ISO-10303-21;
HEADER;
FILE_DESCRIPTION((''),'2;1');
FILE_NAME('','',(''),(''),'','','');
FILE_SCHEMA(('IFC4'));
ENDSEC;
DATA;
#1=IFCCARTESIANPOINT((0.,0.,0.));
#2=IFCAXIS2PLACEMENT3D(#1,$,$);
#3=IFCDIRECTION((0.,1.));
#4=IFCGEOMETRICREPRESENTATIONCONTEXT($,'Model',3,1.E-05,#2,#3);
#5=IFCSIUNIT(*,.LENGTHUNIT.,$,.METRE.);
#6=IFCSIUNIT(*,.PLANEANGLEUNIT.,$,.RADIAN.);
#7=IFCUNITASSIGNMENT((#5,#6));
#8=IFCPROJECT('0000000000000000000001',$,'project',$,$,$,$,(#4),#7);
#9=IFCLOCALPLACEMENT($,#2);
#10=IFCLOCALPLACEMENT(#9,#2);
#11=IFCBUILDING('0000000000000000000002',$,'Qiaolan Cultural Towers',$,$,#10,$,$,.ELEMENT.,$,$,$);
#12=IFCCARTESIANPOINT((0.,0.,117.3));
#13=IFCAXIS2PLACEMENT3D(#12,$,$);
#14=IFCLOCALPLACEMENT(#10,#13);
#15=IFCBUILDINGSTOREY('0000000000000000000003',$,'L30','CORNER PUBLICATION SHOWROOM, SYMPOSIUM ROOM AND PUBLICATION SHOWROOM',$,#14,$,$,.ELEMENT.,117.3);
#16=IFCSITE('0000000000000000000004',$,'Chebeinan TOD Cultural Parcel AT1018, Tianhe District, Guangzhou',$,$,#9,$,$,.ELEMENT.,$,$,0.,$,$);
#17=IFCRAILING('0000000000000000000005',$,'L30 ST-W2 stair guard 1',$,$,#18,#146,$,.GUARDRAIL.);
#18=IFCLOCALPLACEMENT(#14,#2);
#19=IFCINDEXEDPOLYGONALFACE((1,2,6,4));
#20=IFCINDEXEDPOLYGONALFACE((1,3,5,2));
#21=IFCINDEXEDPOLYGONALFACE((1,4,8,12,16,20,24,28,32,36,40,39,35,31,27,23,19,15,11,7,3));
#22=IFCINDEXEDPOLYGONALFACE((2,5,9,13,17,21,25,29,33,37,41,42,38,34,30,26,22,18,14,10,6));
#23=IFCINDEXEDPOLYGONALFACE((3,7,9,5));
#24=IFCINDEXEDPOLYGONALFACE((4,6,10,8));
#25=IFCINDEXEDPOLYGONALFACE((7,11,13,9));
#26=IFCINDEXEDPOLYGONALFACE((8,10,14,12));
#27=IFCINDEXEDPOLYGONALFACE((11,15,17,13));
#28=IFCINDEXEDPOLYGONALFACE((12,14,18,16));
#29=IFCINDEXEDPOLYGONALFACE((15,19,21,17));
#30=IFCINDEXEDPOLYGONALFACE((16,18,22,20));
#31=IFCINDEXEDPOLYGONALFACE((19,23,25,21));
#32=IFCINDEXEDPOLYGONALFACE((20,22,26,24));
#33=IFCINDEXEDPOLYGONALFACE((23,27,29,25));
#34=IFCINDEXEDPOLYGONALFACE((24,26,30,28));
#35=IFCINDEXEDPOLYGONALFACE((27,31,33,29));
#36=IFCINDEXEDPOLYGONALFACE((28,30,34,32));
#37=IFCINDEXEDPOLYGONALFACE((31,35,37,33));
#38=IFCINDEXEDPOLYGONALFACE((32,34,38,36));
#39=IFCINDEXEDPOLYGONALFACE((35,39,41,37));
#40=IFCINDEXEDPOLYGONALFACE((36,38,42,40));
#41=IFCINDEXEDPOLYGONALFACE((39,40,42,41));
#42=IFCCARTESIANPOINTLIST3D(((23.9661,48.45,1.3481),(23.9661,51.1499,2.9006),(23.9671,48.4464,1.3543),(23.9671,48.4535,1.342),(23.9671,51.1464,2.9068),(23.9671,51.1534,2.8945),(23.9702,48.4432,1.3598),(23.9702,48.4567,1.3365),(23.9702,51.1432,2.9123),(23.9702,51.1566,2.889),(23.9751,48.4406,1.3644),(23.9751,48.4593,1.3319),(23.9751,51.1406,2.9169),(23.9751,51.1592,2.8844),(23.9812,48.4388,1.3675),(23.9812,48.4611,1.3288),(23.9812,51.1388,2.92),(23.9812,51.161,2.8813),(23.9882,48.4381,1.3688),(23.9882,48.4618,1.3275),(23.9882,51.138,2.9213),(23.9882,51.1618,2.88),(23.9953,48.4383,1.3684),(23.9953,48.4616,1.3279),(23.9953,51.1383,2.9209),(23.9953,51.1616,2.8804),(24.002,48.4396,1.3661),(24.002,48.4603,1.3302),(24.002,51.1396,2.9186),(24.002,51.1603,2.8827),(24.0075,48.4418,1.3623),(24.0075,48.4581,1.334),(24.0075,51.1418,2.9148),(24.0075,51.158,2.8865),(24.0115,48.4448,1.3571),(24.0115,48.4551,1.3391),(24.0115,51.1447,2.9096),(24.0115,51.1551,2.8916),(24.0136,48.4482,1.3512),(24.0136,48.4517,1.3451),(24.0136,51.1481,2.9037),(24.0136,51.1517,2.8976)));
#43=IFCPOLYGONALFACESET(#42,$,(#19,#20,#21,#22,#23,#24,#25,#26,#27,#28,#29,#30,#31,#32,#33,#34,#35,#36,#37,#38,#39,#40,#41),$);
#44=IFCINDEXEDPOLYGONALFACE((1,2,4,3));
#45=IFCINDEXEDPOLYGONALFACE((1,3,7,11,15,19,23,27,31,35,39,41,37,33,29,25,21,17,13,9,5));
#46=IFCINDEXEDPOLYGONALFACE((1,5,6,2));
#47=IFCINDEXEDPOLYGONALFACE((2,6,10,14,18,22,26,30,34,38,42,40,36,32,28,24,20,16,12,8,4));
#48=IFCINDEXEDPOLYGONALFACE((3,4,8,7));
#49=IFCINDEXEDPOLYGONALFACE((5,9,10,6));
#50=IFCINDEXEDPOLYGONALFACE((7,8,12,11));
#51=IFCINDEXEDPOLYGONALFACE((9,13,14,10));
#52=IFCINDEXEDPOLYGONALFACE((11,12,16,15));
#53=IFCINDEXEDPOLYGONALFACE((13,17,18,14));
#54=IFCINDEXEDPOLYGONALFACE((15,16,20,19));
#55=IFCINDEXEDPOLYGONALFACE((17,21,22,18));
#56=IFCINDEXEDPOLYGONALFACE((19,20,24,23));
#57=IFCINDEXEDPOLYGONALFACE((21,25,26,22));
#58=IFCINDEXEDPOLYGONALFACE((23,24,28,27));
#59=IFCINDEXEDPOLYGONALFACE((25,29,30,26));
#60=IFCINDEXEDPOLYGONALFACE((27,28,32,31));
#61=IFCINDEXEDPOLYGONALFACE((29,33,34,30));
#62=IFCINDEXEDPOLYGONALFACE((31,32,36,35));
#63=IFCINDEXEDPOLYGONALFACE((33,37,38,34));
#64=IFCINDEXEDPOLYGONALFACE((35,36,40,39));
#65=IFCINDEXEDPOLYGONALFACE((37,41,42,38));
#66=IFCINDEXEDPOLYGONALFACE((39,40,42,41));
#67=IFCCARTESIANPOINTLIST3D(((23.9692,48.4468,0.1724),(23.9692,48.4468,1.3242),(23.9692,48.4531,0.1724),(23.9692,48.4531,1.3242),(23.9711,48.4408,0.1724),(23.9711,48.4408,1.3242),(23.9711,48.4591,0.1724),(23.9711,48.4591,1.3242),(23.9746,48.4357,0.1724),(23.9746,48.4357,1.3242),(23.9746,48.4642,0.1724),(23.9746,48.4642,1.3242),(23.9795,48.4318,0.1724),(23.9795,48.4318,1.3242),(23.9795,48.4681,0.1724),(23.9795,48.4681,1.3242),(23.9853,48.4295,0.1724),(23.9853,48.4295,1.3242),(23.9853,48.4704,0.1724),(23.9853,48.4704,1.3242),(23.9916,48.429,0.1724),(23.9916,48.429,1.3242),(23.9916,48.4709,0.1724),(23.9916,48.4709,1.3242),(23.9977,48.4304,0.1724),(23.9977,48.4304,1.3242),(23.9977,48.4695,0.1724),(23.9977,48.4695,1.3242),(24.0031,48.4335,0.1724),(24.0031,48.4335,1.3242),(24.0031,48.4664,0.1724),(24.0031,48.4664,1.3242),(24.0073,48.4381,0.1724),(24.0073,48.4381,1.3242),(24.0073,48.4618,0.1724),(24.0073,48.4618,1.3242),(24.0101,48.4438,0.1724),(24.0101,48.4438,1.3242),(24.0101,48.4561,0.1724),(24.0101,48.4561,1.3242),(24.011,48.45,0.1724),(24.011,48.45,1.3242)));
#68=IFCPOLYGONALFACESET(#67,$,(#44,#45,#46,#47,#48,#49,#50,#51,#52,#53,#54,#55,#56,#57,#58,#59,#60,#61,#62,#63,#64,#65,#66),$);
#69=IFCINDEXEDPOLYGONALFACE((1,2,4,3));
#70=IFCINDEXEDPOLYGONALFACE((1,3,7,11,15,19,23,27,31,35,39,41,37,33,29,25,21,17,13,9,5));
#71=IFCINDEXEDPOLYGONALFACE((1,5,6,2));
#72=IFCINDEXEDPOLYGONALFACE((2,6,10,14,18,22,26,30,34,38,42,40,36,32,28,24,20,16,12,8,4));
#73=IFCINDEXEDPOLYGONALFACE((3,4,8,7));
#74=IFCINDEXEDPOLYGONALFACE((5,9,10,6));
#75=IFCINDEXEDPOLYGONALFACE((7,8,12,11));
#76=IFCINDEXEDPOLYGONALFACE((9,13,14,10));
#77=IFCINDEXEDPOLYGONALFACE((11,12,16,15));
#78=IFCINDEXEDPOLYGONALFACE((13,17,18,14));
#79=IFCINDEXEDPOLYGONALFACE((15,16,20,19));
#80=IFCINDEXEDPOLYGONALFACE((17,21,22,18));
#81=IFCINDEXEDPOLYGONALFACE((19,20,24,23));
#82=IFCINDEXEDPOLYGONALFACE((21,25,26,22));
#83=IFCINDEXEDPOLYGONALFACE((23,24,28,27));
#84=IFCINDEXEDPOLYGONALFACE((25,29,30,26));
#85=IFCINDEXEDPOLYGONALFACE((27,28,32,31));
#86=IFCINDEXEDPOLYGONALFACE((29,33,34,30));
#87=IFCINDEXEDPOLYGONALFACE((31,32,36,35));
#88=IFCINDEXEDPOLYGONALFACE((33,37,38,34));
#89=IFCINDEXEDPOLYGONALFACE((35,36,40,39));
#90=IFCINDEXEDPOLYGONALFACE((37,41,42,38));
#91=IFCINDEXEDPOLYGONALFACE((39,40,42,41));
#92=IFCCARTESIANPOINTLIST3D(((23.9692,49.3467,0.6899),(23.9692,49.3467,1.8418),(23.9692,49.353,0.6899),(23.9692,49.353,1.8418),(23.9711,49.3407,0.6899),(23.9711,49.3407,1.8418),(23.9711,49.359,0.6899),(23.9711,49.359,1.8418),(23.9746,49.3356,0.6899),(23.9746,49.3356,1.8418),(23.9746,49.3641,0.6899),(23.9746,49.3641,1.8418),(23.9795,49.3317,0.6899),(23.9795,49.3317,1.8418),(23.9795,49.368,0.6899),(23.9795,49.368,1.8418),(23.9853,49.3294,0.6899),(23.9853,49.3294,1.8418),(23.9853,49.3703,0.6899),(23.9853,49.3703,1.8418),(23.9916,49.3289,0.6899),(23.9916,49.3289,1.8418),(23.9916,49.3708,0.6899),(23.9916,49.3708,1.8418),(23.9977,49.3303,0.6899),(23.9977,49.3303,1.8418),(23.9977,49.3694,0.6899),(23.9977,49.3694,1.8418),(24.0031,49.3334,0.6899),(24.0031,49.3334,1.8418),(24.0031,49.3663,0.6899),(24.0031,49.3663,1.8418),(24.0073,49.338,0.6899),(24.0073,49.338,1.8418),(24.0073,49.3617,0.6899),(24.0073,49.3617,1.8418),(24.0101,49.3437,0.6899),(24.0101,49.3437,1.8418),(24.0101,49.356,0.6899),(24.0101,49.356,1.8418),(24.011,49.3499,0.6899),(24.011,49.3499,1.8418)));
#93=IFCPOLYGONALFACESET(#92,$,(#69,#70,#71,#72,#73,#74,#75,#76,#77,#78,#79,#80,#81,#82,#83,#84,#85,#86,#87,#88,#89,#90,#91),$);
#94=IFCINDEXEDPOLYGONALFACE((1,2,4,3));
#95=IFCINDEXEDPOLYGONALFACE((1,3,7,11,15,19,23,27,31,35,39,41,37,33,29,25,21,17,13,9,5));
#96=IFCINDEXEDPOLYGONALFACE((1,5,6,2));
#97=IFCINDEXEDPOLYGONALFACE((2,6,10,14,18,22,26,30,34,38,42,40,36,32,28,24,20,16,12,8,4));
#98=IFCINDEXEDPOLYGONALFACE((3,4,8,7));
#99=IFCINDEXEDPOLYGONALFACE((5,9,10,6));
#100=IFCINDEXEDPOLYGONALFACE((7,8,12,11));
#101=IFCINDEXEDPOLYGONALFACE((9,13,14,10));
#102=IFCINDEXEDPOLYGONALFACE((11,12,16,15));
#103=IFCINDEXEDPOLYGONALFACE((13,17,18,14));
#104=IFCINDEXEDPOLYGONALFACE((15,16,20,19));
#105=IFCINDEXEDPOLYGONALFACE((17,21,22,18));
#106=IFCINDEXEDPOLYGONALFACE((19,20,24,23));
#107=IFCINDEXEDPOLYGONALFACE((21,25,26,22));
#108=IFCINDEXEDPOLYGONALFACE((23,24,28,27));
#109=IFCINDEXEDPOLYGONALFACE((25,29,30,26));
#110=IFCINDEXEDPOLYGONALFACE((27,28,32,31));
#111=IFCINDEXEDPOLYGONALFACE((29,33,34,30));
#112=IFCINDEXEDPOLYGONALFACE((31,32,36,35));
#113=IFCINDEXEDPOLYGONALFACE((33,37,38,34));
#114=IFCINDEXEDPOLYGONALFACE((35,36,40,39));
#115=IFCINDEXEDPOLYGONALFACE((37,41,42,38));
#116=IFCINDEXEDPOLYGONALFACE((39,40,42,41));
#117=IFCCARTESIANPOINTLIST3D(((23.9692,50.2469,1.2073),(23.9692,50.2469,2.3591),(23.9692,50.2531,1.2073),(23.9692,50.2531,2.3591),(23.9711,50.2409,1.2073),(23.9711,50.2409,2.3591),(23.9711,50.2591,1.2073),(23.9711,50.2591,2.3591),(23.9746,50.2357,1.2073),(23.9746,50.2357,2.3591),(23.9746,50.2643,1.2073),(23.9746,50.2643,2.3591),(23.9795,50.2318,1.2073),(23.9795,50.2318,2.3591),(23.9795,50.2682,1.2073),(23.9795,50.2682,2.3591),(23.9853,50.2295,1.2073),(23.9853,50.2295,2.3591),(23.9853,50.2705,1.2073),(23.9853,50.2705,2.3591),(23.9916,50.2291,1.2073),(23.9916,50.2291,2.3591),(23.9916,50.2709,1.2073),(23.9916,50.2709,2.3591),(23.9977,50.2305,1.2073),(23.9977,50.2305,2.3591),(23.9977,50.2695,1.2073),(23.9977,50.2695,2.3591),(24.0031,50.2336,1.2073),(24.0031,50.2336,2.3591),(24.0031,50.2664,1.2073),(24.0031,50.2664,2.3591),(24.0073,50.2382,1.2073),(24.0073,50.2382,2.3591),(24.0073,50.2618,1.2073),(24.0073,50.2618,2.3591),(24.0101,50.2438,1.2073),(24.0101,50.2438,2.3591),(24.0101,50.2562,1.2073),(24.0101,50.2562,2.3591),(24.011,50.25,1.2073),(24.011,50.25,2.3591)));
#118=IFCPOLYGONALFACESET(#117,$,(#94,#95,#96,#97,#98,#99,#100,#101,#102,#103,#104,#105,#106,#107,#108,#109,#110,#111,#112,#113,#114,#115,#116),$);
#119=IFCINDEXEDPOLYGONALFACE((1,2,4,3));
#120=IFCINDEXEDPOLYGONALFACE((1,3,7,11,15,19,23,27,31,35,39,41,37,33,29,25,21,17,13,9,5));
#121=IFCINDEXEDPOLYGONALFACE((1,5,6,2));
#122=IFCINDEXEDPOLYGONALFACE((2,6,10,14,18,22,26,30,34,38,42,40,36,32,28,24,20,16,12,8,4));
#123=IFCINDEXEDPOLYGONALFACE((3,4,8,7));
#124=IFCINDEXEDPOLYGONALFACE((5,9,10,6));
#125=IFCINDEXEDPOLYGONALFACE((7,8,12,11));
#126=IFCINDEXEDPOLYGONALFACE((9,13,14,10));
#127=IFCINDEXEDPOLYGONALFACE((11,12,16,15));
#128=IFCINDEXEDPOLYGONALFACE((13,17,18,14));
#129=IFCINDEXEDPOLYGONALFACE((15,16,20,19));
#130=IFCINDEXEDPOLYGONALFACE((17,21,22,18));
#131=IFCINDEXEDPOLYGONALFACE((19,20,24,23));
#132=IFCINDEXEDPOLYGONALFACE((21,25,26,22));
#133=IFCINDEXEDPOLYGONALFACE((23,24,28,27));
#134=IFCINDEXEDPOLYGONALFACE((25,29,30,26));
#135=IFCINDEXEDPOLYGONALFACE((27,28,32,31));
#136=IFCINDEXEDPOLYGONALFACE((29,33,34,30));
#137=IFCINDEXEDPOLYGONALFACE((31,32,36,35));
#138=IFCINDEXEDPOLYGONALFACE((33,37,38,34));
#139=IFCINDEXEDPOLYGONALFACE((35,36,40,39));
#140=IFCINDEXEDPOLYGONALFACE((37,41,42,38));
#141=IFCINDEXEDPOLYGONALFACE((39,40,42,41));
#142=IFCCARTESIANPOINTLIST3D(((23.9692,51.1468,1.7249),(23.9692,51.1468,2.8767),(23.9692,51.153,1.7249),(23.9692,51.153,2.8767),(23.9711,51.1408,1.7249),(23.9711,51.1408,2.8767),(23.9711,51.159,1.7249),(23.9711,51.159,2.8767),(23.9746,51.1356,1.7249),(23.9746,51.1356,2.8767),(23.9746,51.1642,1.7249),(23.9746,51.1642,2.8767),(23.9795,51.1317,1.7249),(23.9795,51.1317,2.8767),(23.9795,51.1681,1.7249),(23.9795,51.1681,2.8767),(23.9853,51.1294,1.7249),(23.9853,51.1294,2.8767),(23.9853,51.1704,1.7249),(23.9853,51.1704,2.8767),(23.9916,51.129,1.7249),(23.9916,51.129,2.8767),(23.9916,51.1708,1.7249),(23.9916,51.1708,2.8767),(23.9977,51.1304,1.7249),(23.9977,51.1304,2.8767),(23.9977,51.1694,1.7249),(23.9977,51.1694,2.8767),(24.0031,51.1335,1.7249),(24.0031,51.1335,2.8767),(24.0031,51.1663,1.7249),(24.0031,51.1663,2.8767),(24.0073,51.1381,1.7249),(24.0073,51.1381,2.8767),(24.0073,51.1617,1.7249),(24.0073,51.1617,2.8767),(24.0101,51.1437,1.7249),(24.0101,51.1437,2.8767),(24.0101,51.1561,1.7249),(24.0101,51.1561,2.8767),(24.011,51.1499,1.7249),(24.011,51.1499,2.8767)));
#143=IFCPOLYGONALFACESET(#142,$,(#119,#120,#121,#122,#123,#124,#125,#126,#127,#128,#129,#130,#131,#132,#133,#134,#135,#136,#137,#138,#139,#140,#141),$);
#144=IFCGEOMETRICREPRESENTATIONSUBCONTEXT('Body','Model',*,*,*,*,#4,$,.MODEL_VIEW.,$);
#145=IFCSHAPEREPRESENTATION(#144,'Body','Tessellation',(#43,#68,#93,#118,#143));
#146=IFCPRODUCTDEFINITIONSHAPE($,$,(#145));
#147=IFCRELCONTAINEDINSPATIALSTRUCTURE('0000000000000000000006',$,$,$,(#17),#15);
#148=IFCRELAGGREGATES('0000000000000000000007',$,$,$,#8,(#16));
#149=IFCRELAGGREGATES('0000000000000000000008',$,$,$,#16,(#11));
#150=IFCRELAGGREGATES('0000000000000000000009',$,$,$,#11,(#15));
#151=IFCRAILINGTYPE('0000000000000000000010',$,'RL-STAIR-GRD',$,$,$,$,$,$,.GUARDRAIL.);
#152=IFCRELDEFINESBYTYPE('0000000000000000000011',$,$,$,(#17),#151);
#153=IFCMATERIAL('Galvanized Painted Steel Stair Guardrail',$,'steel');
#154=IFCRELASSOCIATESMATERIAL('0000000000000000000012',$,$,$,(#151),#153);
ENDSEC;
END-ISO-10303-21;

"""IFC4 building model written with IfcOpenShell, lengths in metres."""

from ifc_helpers import new_model, si_unit, direction, frame, origin, origin_2d, place, context, subcontext, project, spatial, circle, extrude, material, type_object, element, save


model = new_model("IFC4")

# Units and contexts
model_context = context("Model", 3, precision=1e-05, world=origin(), true_north=direction((0.0, 1.0)))
body_context = subcontext(model_context, "Body", "Model", "MODEL_VIEW")
ifc_project = project(units=[si_unit("LENGTHUNIT", "METRE"), si_unit("PLANEANGLEUNIT", "RADIAN")], contexts=[model_context])

# Site, building, storey
site_placement = place(None, origin())
site = spatial("IfcSite", under=ifc_project, at=site_placement, Name="Chebeinan TOD Cultural Parcel AT1018, Tianhe District, Guangzhou", CompositionType="ELEMENT", RefElevation=0.0)
building_placement = place(site_placement, origin())
building = spatial("IfcBuilding", under=site, at=building_placement, Name="Qiaolan Cultural Towers", CompositionType="ELEMENT")
storey_placement = place(building_placement, frame((0.0, 0.0, 117.3)))
storey = spatial("IfcBuildingStorey", under=building, at=storey_placement, Name="L30", Description="CORNER PUBLICATION SHOWROOM, SYMPOSIUM ROOM AND PUBLICATION SHOWROOM", CompositionType="ELEMENT", Elevation=117.3)

# Railing
ifc_material_1 = material(Name="Galvanized Painted Steel Stair Guardrail", Category="steel")
railing_type_1 = type_object("IfcRailingType", Name="RL-STAIR-GRD", PredefinedType="GUARDRAIL", material=ifc_material_1)
railing_1_placement = place(storey_placement, frame((23.99, 48.45, 0.1724)))
element("IfcRailing", 1, at=railing_1_placement, inside=storey, type_object=railing_type_1, Name="L30 ST-W2 stair guard 1", PredefinedType="GUARDRAIL", context=body_context, shape_type="SweptSolid", body=[
    extrude(circle(Radius=0.0239, at=origin_2d()), frame((0.0, 0.0, 1.1758), z_axis=(0.0, 0.866904, 0.498476), x_axis=(-1.0, 0.0, 0.0)), (0.0, 0.0, 1.0), 3.1145),
    extrude(circle(Radius=0.021, at=origin_2d()), origin(), (0.0, 0.0, 1.0), 1.1519),
    extrude(circle(Radius=0.021, at=origin_2d()), frame((0.0, 0.8999, 0.5176)), (0.0, 0.0, 1.0), 1.1519),
    extrude(circle(Radius=0.021, at=origin_2d()), frame((0.0, 1.8, 1.0349)), (0.0, 0.0, 1.0), 1.1519),
    extrude(circle(Radius=0.021, at=origin_2d()), frame((0.0, 2.7, 1.5525)), (0.0, 0.0, 1.0), 1.1519),
])

save(model, "model.ifc")
